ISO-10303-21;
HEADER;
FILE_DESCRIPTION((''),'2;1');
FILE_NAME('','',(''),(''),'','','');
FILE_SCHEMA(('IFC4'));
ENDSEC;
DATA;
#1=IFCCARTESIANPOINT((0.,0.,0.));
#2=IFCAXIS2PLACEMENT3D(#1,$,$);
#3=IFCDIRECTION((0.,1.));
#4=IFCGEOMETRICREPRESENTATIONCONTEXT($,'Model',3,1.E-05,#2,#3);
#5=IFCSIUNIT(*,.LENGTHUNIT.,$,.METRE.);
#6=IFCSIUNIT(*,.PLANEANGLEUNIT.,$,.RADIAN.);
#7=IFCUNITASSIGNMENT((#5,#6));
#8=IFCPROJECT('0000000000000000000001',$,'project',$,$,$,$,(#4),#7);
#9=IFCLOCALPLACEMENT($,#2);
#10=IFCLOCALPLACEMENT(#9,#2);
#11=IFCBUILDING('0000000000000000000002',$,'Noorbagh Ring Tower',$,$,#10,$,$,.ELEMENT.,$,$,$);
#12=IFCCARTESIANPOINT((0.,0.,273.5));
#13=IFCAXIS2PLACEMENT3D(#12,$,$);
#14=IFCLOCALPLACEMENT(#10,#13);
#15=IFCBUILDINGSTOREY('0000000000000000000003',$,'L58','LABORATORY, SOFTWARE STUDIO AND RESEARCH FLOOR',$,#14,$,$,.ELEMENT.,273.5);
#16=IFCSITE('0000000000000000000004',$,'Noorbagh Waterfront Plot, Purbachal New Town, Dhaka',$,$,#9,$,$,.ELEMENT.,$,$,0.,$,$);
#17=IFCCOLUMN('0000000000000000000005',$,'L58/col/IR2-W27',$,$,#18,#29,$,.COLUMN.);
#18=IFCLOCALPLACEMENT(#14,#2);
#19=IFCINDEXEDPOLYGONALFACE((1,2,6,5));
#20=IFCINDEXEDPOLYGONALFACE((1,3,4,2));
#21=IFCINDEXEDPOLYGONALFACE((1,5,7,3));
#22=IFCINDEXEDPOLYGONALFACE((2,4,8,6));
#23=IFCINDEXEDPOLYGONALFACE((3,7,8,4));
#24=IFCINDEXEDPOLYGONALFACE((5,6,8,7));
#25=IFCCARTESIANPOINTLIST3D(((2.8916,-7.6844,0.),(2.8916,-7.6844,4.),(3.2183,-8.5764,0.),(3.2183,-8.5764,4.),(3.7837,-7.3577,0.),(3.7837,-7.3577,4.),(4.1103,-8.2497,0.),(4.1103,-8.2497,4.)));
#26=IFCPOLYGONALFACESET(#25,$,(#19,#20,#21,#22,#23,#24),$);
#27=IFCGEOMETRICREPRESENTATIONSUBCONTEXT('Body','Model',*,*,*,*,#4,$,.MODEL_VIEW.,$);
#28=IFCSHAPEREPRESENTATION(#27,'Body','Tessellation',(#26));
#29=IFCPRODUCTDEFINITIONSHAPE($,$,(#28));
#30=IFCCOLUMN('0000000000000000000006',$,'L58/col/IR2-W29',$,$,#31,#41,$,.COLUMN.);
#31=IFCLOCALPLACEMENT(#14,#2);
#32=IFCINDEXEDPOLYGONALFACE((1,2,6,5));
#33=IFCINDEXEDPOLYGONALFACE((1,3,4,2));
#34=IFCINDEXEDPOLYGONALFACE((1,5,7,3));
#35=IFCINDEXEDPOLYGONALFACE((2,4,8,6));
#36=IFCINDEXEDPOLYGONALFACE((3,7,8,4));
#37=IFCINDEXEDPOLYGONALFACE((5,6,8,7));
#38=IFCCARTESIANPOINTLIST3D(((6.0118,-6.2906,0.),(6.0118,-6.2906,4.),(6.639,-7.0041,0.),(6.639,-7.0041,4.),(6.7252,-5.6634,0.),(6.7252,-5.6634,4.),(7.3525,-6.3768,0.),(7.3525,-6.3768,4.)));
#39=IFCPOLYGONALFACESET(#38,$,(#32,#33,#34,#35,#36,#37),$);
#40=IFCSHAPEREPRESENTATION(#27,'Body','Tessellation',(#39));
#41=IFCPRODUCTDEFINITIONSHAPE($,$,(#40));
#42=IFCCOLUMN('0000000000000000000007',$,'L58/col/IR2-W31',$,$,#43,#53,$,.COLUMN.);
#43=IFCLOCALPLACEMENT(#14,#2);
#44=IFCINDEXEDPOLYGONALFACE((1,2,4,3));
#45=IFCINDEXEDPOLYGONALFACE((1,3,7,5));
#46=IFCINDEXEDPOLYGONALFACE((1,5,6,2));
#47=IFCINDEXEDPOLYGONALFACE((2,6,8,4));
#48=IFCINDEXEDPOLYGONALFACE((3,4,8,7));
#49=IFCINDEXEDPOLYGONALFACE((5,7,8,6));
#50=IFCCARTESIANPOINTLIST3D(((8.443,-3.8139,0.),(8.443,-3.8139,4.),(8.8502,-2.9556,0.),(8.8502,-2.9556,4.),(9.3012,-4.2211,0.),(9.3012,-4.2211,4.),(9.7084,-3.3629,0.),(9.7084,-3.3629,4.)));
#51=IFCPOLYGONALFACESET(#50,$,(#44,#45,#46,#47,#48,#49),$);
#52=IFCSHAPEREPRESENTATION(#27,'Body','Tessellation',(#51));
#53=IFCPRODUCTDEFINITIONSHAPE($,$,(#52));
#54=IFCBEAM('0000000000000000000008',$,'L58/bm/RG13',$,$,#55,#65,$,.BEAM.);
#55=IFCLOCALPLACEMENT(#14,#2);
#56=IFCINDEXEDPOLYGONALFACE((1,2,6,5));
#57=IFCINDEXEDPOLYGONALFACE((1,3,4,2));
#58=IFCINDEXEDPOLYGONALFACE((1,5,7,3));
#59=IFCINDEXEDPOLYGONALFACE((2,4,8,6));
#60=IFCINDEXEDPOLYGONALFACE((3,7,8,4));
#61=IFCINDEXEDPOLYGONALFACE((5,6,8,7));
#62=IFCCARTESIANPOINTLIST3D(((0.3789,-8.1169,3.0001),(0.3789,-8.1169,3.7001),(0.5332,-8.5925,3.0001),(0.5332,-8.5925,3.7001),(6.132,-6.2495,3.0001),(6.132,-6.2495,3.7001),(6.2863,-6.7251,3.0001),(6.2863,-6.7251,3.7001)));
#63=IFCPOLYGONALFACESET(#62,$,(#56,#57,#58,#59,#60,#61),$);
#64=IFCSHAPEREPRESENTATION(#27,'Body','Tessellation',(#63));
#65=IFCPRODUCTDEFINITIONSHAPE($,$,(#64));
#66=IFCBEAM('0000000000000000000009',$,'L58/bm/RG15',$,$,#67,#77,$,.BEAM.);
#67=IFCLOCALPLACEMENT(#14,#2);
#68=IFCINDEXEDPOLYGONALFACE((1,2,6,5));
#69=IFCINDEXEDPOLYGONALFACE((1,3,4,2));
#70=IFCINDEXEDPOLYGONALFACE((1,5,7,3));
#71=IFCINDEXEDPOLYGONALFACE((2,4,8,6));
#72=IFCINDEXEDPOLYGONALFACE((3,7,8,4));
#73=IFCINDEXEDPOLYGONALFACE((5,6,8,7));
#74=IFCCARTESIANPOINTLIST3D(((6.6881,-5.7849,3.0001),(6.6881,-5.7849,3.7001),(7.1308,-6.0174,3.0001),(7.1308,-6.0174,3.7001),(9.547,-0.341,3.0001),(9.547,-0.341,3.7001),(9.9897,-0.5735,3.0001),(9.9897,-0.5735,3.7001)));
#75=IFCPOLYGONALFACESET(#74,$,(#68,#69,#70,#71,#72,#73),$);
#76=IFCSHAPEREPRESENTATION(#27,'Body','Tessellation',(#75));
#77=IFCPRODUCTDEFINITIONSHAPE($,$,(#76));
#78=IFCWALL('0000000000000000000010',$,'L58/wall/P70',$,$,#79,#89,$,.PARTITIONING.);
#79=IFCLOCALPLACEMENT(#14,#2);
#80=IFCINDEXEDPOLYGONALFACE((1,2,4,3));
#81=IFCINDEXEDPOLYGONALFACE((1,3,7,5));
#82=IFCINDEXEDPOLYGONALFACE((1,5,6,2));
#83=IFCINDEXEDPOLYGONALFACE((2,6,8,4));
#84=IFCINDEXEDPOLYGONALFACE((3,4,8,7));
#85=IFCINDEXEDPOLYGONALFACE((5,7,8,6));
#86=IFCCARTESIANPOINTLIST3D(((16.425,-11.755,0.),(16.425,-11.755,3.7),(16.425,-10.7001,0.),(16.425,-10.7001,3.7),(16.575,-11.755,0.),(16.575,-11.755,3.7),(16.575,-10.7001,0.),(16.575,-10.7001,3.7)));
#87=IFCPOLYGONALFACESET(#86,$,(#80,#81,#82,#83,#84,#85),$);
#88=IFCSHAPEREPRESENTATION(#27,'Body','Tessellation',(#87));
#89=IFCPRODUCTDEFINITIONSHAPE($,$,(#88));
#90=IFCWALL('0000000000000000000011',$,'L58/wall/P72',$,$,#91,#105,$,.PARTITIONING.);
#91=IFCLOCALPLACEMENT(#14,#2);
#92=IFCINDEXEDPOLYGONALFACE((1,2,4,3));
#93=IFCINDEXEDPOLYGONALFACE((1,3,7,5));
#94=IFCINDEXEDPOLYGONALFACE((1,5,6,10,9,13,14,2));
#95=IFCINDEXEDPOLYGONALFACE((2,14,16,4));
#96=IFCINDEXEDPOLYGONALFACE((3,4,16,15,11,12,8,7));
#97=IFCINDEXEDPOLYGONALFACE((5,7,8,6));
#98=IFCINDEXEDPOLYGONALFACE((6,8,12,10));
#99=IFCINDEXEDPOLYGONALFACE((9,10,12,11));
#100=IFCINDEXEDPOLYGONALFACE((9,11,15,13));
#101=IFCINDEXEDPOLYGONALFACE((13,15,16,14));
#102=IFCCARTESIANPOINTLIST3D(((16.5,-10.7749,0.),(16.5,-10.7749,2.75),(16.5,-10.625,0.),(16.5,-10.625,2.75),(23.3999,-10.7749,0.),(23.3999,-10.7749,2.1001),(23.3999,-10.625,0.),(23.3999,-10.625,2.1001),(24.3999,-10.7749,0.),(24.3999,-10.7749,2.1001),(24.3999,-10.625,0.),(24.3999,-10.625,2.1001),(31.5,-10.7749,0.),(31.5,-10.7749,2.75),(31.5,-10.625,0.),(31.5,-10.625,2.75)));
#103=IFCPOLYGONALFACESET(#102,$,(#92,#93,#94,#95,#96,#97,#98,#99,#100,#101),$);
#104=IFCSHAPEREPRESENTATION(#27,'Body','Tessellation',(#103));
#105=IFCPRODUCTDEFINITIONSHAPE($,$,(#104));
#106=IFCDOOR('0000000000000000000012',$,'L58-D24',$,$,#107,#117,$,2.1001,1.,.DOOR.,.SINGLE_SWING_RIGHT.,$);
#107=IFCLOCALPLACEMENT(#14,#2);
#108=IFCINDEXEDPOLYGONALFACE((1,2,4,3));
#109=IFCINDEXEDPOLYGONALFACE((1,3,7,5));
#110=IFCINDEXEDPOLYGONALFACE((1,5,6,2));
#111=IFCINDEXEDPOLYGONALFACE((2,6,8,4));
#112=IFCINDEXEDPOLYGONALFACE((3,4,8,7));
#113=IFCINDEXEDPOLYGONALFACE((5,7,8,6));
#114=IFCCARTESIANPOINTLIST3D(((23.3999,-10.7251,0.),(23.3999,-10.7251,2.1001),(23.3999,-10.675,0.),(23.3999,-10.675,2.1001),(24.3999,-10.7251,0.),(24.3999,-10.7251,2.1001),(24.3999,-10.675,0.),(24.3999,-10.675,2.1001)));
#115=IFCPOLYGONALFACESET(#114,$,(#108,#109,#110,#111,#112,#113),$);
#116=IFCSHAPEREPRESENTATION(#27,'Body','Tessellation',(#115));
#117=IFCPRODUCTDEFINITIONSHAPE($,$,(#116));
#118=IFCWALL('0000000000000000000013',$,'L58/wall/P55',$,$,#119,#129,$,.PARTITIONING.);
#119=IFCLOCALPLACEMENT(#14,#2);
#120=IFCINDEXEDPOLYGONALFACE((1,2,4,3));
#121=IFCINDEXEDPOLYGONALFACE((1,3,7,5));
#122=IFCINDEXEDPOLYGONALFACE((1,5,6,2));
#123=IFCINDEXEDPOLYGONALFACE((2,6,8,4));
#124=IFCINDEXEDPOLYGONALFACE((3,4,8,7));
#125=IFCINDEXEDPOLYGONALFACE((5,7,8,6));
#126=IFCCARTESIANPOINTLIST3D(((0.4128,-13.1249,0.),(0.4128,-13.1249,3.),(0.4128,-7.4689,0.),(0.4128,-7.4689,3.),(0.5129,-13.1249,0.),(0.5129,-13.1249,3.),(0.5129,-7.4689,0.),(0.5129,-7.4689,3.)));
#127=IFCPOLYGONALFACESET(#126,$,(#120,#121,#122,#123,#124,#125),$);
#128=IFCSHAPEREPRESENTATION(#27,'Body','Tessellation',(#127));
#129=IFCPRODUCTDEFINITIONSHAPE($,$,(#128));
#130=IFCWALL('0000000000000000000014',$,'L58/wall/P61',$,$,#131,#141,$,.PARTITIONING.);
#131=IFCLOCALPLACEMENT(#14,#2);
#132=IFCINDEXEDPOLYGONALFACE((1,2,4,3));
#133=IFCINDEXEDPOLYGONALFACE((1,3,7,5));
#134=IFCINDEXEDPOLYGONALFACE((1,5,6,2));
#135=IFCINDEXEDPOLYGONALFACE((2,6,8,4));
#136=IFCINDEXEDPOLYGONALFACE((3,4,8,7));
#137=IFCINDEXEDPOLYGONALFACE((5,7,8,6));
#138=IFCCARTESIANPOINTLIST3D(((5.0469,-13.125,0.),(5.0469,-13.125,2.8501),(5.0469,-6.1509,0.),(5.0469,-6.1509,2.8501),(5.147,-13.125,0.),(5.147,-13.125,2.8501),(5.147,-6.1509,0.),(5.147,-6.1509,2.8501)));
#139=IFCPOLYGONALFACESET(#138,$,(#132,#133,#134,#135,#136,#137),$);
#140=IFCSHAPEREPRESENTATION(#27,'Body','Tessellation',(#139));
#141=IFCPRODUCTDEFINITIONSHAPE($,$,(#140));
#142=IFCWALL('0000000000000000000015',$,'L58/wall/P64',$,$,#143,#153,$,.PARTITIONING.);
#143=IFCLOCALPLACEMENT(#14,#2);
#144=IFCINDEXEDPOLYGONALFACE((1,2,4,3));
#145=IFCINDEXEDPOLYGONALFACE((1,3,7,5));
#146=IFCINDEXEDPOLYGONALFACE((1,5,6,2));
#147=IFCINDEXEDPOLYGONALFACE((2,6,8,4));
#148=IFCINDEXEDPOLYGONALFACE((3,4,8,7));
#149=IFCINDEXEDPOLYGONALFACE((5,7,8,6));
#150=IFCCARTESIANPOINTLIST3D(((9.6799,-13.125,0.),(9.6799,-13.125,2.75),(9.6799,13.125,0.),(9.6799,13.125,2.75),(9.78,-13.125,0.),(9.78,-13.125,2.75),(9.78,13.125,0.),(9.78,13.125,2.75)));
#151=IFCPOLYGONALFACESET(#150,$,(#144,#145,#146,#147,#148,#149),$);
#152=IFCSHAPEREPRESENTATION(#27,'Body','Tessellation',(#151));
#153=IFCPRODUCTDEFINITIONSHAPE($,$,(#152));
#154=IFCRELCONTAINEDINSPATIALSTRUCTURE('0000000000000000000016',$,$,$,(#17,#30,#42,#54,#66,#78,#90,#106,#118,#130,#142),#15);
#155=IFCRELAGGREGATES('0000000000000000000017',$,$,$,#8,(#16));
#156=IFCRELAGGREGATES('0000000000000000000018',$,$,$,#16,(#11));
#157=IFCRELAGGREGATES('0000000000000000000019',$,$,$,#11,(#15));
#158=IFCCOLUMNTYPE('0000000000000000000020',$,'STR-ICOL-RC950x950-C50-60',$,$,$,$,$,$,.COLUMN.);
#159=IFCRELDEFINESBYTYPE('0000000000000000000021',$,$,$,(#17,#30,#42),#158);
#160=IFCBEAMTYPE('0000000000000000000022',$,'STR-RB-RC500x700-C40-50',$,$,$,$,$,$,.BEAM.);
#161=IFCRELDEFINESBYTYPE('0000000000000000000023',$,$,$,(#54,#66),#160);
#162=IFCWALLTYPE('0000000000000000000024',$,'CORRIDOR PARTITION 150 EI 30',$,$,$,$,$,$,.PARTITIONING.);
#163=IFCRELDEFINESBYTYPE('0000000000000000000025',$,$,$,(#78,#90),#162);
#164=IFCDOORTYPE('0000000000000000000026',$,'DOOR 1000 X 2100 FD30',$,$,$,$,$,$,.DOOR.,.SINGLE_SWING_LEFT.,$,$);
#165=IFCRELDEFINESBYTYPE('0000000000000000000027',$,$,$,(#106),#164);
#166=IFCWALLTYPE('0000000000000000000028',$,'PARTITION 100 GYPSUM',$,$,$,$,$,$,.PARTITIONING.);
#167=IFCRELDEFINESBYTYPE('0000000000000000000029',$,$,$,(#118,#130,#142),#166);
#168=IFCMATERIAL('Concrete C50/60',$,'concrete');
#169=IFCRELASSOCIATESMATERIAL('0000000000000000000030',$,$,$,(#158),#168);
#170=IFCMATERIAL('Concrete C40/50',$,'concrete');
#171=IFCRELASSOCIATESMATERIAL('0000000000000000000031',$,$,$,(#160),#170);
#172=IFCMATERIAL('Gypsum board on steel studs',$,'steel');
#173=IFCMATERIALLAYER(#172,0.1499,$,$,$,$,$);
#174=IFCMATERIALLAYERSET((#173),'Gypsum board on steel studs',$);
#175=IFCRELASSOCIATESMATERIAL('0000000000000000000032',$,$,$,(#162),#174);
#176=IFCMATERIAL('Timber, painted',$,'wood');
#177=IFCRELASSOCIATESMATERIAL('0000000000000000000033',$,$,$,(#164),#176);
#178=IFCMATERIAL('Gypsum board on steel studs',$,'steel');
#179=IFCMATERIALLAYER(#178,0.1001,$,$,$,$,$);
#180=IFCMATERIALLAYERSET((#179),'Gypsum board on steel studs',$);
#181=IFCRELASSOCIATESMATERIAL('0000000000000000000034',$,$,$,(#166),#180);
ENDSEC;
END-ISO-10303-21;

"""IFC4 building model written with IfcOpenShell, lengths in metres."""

from ifc_helpers import new_model, si_unit, direction, frame, frame_2d, origin, origin_2d, place, context, subcontext, project, spatial, rectangle, extrude, material, layer, layer_set, material_profile, profile_set, type_object, element, fill, save


model = new_model("IFC4")

# Units and contexts
model_context = context("Model", 3, precision=1e-05, world=origin(), true_north=direction((0.0, 1.0)))
body_context = subcontext(model_context, "Body", "Model", "MODEL_VIEW")
ifc_project = project(units=[si_unit("LENGTHUNIT", "METRE"), si_unit("PLANEANGLEUNIT", "RADIAN")], contexts=[model_context])

# Site, building, storey
site_placement = place(None, origin())
site = spatial("IfcSite", under=ifc_project, at=site_placement, Name="Noorbagh Waterfront Plot, Purbachal New Town, Dhaka", CompositionType="ELEMENT", RefElevation=0.0)
building_placement = place(site_placement, origin())
building = spatial("IfcBuilding", under=site, at=building_placement, Name="Noorbagh Ring Tower", CompositionType="ELEMENT")
storey_placement = place(building_placement, frame((0.0, 0.0, 273.5)))
storey = spatial("IfcBuildingStorey", under=building, at=storey_placement, Name="L58", Description="LABORATORY, SOFTWARE STUDIO AND RESEARCH FLOOR", CompositionType="ELEMENT", Elevation=273.5)

# Columns
ifc_material_1 = material(Name="Concrete C50/60", Category="concrete")
ifc_material_profile_1 = material_profile(ifc_material_1, rectangle(XDim=0.95, YDim=0.95, at=origin_2d()), Name="RC950x950")
ifc_profile_set_1 = profile_set([ifc_material_profile_1], Name="Concrete C50/60")
column_type = type_object("IfcColumnType", Name="STR-ICOL-RC950x950-C50-60", PredefinedType="COLUMN", material=ifc_profile_set_1)
for number, where, z_axis, x_axis, name in (
    (1, (3.501, -7.967, 0.0), (0.0, 0.0, 1.0), (0.93902, 0.343864, 0.0), "L58/col/IR2-W27"),
    (2, (6.6821, -6.3337, 0.0), (0.0, 0.0, 1.0), (0.751022, 0.660277, 0.0), "L58/col/IR2-W29"),
    (3, (9.0757, -3.5884, 0.0), (0.0, 0.0, 1.0), (0.428667, 0.903463, 0.0), "L58/col/IR2-W31"),
):
    element("IfcColumn", number, at=place(storey_placement, frame(where, z_axis=z_axis, x_axis=x_axis)), inside=storey, type_object=column_type, Name=name, PredefinedType="COLUMN", context=body_context, shape_type="SweptSolid", body=[
        extrude(rectangle(XDim=0.95, YDim=0.95, at=origin_2d()), origin(), (0.0, 0.0, 1.0), 4.0),
    ])

# Beams
ifc_material_2 = material(Name="Concrete C40/50", Category="concrete")
ifc_material_profile_2 = material_profile(ifc_material_2, rectangle(XDim=0.5, YDim=0.7, at=origin_2d()), Name="RC500x700")
ifc_profile_set_2 = profile_set([ifc_material_profile_2], Name="Concrete C40/50")
beam_type = type_object("IfcBeamType", Name="STR-RB-RC500x700-C40-50", PredefinedType="BEAM", material=ifc_profile_set_2)
beam_1_placement = place(storey_placement, frame((0.4561, -8.3547, 3.3501), z_axis=(0.951148, 0.308735, 0.0), x_axis=(-0.308735, 0.951148, 0.0)))
element("IfcBeam", 4, at=beam_1_placement, inside=storey, type_object=beam_type, Name="L58/bm/RG13", PredefinedType="BEAM", context=body_context, shape_type="SweptSolid", body=[
    extrude(rectangle(XDim=0.5, YDim=0.7, at=origin_2d()), origin(), (0.0, 0.0, 1.0), 6.0486),
])
beam_2_placement = place(storey_placement, frame((6.9094, -5.9011, 3.3501), z_axis=(0.464944, 0.88534, 0.0), x_axis=(-0.88534, 0.464944, 0.0)))
element("IfcBeam", 5, at=beam_2_placement, inside=storey, type_object=beam_type, Name="L58/bm/RG15", PredefinedType="BEAM", context=body_context, shape_type="SweptSolid", body=[
    extrude(rectangle(XDim=0.5, YDim=0.7, at=origin_2d()), origin(), (0.0, 0.0, 1.0), 6.1489),
])

# Wall
ifc_material_3 = material(Name="Gypsum board on steel studs", Category="steel")
ifc_layer_1 = layer(ifc_material_3, 0.1499)
ifc_layer_set_1 = layer_set([ifc_layer_1], Name="Gypsum board on steel studs")
wall_type_1 = type_object("IfcWallType", Name="CORRIDOR PARTITION 150 EI 30", PredefinedType="PARTITIONING", material=ifc_layer_set_1)
wall_1_placement = place(storey_placement, frame((16.5, -11.7549, 0.0), z_axis=(0.0, 0.0, 1.0), x_axis=(0.0, 1.0, 0.0)))
element("IfcWall", 6, at=wall_1_placement, inside=storey, type_object=wall_type_1, Name="L58/wall/P70", PredefinedType="PARTITIONING", context=body_context, shape_type="SweptSolid", body=[
    extrude(rectangle(XDim=1.0549, YDim=0.1499, at=frame_2d((0.5273, 0.0))), origin(), (0.0, 0.0, 1.0), 3.7),
])

# Wall, opening, door
wall_2_placement = place(storey_placement, frame((16.5, -10.7, 0.0), z_axis=(0.0, 0.0, 1.0), x_axis=(1.0, 0.0, 0.0)))
wall_2 = element("IfcWall", 7, at=wall_2_placement, inside=storey, type_object=wall_type_1, Name="L58/wall/P72", PredefinedType="PARTITIONING", context=body_context, shape_type="SweptSolid", body=[
    extrude(rectangle(XDim=15.0, YDim=0.1499, at=frame_2d((7.5, 0.0))), origin(), (0.0, 0.0, 1.0), 2.75),
])
opening_placement = place(wall_2_placement, frame((6.8999, 0.0, 0.0)))
opening = element("IfcOpeningElement", 8, at=opening_placement, cuts=wall_2, PredefinedType="OPENING", context=body_context, shape_type="SweptSolid", body=[
    extrude(rectangle(XDim=1.0, YDim=2.1001, at=frame_2d((0.5, 1.05))), frame((0.0, 0.085, 0.0), z_axis=(0.0, -1.0, 0.0), x_axis=(1.0, 0.0, 0.0)), (0.0, 0.0, 1.0), 0.1699),
])
ifc_material_4 = material(Name="Timber, painted", Category="wood")
door_type = type_object("IfcDoorType", Name="DOOR 1000 X 2100 FD30", OperationType="SINGLE_SWING_LEFT", PredefinedType="DOOR", material=ifc_material_4)
door_placement = place(opening_placement, origin())
door = element("IfcDoor", 9, at=door_placement, inside=storey, type_object=door_type, Name="L58-D24", OperationType="SINGLE_SWING_RIGHT", OverallHeight=2.1001, OverallWidth=1.0, PredefinedType="DOOR", context=body_context, shape_type="SweptSolid", body=[
    extrude(rectangle(XDim=1.0, YDim=2.1001, at=frame_2d((0.5, 1.05))), frame((0.0, 0.0249, 0.0), z_axis=(0.0, -1.0, 0.0), x_axis=(1.0, 0.0, 0.0)), (0.0, 0.0, 1.0), 0.05),
])
fill(opening, door)

# Walls
ifc_material_5 = material(Name="Gypsum board on steel studs", Category="steel")
ifc_layer_2 = layer(ifc_material_5, 0.1001)
ifc_layer_set_2 = layer_set([ifc_layer_2], Name="Gypsum board on steel studs")
wall_type_2 = type_object("IfcWallType", Name="PARTITION 100 GYPSUM", PredefinedType="PARTITIONING", material=ifc_layer_set_2)
wall_3_placement = place(storey_placement, frame((0.4629, -13.125, 0.0), z_axis=(0.0, 0.0, 1.0), x_axis=(0.0, 1.0, 0.0)))
element("IfcWall", 10, at=wall_3_placement, inside=storey, type_object=wall_type_2, Name="L58/wall/P55", PredefinedType="PARTITIONING", context=body_context, shape_type="SweptSolid", body=[
    extrude(rectangle(XDim=5.656, YDim=0.1001, at=frame_2d((2.8281, 0.0))), origin(), (0.0, 0.0, 1.0), 3.0),
])
wall_4_placement = place(storey_placement, frame((5.0969, -13.125, 0.0), z_axis=(0.0, 0.0, 1.0), x_axis=(0.0, 1.0, 0.0)))
element("IfcWall", 11, at=wall_4_placement, inside=storey, type_object=wall_type_2, Name="L58/wall/P61", PredefinedType="PARTITIONING", context=body_context, shape_type="SweptSolid", body=[
    extrude(rectangle(XDim=6.9741, YDim=0.1001, at=frame_2d((3.4871, 0.0))), origin(), (0.0, 0.0, 1.0), 2.8501),
])
wall_5_placement = place(storey_placement, frame((9.73, -13.125, 0.0), z_axis=(0.0, 0.0, 1.0), x_axis=(0.0, 1.0, 0.0)))
element("IfcWall", 12, at=wall_5_placement, inside=storey, type_object=wall_type_2, Name="L58/wall/P64", PredefinedType="PARTITIONING", context=body_context, shape_type="SweptSolid", body=[
    extrude(rectangle(XDim=26.25, YDim=0.1001, at=frame_2d((13.125, 0.0))), origin(), (0.0, 0.0, 1.0), 2.75),
])

save(model, "model.ifc")
